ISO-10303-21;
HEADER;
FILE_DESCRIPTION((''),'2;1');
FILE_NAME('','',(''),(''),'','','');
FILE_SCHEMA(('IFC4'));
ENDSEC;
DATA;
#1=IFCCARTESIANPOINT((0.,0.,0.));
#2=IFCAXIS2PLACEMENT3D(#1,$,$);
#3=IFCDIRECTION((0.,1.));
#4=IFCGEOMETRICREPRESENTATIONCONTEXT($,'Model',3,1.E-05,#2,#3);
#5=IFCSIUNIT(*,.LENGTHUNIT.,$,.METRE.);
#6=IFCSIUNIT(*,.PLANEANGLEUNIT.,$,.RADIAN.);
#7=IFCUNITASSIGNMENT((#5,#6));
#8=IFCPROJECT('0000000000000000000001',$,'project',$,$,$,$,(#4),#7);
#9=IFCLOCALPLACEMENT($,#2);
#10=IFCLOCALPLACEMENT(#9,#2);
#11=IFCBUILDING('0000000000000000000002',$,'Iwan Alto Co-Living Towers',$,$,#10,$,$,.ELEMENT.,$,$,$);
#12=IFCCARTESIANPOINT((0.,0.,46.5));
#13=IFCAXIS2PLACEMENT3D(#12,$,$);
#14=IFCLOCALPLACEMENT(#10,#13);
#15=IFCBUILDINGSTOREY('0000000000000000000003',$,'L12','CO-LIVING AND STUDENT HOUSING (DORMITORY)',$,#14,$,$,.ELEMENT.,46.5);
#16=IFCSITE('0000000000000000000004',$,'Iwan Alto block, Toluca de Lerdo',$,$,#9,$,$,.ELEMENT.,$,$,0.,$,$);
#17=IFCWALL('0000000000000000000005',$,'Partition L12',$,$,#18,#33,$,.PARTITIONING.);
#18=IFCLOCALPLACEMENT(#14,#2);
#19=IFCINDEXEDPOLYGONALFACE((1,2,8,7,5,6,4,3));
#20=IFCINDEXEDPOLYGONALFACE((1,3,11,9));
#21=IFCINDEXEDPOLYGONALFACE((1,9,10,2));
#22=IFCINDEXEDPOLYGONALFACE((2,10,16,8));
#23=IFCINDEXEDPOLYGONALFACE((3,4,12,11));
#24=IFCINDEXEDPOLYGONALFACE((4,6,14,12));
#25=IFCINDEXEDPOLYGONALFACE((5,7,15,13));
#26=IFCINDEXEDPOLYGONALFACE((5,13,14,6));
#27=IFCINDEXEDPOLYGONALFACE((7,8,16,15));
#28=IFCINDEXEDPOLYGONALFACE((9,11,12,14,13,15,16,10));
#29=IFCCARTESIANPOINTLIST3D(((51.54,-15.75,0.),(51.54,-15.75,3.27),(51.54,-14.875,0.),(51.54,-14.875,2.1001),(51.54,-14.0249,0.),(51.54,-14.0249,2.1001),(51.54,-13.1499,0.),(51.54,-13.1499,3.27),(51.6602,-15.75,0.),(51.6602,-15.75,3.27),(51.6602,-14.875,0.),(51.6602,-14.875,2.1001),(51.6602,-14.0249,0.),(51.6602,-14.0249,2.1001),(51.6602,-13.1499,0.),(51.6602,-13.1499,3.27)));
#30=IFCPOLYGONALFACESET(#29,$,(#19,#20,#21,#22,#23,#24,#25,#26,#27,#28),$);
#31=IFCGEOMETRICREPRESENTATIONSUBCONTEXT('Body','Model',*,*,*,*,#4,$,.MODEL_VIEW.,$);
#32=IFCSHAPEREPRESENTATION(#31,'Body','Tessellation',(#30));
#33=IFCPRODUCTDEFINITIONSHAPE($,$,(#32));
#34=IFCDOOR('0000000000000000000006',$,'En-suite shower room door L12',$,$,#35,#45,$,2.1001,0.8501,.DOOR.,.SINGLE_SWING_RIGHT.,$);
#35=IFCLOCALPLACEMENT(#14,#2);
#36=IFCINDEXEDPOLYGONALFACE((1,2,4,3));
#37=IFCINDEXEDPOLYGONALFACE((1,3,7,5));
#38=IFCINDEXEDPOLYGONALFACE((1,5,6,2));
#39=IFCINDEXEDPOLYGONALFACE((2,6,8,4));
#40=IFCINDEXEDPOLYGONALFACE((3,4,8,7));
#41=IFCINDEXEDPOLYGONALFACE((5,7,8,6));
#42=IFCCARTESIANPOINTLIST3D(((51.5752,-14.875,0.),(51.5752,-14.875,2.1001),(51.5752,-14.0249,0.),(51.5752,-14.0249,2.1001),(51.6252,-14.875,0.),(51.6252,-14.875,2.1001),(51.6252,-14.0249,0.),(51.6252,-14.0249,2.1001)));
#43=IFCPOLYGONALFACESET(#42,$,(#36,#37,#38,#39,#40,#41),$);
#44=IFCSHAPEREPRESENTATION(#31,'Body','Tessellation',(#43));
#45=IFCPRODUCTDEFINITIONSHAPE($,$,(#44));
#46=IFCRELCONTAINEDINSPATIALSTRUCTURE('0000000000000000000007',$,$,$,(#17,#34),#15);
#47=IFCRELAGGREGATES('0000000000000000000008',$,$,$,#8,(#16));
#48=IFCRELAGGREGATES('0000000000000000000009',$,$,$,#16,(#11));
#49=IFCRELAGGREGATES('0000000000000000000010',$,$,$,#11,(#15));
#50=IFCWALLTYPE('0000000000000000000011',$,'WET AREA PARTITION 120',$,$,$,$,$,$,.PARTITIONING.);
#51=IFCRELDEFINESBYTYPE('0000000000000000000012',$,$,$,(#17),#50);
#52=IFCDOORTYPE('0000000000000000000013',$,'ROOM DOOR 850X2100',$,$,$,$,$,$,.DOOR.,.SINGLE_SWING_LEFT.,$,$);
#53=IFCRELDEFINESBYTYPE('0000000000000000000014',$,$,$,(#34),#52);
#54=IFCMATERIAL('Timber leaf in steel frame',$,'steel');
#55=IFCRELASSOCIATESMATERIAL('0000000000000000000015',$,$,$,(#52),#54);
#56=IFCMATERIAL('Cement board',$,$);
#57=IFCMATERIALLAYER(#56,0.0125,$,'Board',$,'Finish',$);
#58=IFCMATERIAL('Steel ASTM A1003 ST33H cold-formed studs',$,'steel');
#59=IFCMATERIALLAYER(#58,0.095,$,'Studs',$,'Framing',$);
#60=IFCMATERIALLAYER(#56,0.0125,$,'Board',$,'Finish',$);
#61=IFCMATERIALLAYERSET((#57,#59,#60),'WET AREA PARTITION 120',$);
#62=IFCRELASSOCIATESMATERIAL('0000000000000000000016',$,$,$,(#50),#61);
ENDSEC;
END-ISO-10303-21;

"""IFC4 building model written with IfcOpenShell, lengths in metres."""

from ifc_helpers import new_model, si_unit, direction, frame, frame_2d, origin, place, context, subcontext, project, spatial, rectangle, extrude, material, layer, layer_set, type_object, element, fill, save


model = new_model("IFC4")

# Units and contexts
model_context = context("Model", 3, precision=1e-05, world=origin(), true_north=direction((0.0, 1.0)))
body_context = subcontext(model_context, "Body", "Model", "MODEL_VIEW")
ifc_project = project(units=[si_unit("LENGTHUNIT", "METRE"), si_unit("PLANEANGLEUNIT", "RADIAN")], contexts=[model_context])

# Site, building, storey
site_placement = place(None, origin())
site = spatial("IfcSite", under=ifc_project, at=site_placement, Name="Iwan Alto block, Toluca de Lerdo", CompositionType="ELEMENT", RefElevation=0.0)
building_placement = place(site_placement, origin())
building = spatial("IfcBuilding", under=site, at=building_placement, Name="Iwan Alto Co-Living Towers", CompositionType="ELEMENT")
storey_placement = place(building_placement, frame((0.0, 0.0, 46.5)))
storey = spatial("IfcBuildingStorey", under=building, at=storey_placement, Name="L12", Description="CO-LIVING AND STUDENT HOUSING (DORMITORY)", CompositionType="ELEMENT", Elevation=46.5)

# Shared definitions
ifc_material_1 = material(Name="Steel ASTM A1003 ST33H cold-formed studs", Category="steel")

# Shared definitions
ifc_material_2 = material(Name="Timber leaf in steel frame", Category="steel")
door_type_1 = type_object("IfcDoorType", Name="ROOM DOOR 850X2100", OperationType="SINGLE_SWING_LEFT", PredefinedType="DOOR", material=ifc_material_2)

# Shared definitions
ifc_material_3 = material(Name="Cement board")
ifc_layer_1 = layer(ifc_material_3, 0.0125, Name="Board", Category="Finish")
ifc_layer_2 = layer(ifc_material_1, 0.095, Name="Studs", Category="Framing")
ifc_layer_3 = layer(ifc_material_3, 0.0125, Name="Board", Category="Finish")
ifc_layer_set_1 = layer_set([ifc_layer_1, ifc_layer_2, ifc_layer_3], Name="WET AREA PARTITION 120")
wall_type_1 = type_object("IfcWallType", Name="WET AREA PARTITION 120", PredefinedType="PARTITIONING", material=ifc_layer_set_1)

# Wall, opening, door
wall_1_placement = place(storey_placement, frame((51.6001, -15.75, 0.0), z_axis=(0.0, 0.0, 1.0), x_axis=(0.0, 1.0, 0.0)))
wall_1 = element("IfcWall", 1, at=wall_1_placement, inside=storey, type_object=wall_type_1, Name="Partition L12", PredefinedType="PARTITIONING", context=body_context, shape_type="SweptSolid", body=[
    extrude(rectangle(XDim=2.6001, YDim=0.1201, at=frame_2d((1.3, 0.0))), origin(), (0.0, 0.0, 1.0), 3.27),
])
opening_1_placement = place(wall_1_placement, frame((0.875, 0.0, 0.0)))
opening_1 = element("IfcOpeningElement", 2, at=opening_1_placement, cuts=wall_1, PredefinedType="OPENING", context=body_context, shape_type="SweptSolid", body=[
    extrude(rectangle(XDim=0.8501, YDim=2.1001, at=frame_2d((0.425, 1.05))), frame((0.0, 0.0701, 0.0), z_axis=(0.0, -1.0, 0.0), x_axis=(1.0, 0.0, 0.0)), (0.0, 0.0, 1.0), 0.1401),
])
door_1_placement = place(opening_1_placement, origin())
door_1 = element("IfcDoor", 3, at=door_1_placement, inside=storey, type_object=door_type_1, Name="En-suite shower room door L12", OperationType="SINGLE_SWING_RIGHT", OverallHeight=2.1001, OverallWidth=0.8501, PredefinedType="DOOR", context=body_context, shape_type="SweptSolid", body=[
    extrude(rectangle(XDim=0.8501, YDim=2.1001, at=frame_2d((0.425, 1.05))), frame((0.0, 0.0249, 0.0), z_axis=(0.0, -1.0, 0.0), x_axis=(1.0, 0.0, 0.0)), (0.0, 0.0, 1.0), 0.05),
])
fill(opening_1, door_1)

save(model, "model.ifc")
